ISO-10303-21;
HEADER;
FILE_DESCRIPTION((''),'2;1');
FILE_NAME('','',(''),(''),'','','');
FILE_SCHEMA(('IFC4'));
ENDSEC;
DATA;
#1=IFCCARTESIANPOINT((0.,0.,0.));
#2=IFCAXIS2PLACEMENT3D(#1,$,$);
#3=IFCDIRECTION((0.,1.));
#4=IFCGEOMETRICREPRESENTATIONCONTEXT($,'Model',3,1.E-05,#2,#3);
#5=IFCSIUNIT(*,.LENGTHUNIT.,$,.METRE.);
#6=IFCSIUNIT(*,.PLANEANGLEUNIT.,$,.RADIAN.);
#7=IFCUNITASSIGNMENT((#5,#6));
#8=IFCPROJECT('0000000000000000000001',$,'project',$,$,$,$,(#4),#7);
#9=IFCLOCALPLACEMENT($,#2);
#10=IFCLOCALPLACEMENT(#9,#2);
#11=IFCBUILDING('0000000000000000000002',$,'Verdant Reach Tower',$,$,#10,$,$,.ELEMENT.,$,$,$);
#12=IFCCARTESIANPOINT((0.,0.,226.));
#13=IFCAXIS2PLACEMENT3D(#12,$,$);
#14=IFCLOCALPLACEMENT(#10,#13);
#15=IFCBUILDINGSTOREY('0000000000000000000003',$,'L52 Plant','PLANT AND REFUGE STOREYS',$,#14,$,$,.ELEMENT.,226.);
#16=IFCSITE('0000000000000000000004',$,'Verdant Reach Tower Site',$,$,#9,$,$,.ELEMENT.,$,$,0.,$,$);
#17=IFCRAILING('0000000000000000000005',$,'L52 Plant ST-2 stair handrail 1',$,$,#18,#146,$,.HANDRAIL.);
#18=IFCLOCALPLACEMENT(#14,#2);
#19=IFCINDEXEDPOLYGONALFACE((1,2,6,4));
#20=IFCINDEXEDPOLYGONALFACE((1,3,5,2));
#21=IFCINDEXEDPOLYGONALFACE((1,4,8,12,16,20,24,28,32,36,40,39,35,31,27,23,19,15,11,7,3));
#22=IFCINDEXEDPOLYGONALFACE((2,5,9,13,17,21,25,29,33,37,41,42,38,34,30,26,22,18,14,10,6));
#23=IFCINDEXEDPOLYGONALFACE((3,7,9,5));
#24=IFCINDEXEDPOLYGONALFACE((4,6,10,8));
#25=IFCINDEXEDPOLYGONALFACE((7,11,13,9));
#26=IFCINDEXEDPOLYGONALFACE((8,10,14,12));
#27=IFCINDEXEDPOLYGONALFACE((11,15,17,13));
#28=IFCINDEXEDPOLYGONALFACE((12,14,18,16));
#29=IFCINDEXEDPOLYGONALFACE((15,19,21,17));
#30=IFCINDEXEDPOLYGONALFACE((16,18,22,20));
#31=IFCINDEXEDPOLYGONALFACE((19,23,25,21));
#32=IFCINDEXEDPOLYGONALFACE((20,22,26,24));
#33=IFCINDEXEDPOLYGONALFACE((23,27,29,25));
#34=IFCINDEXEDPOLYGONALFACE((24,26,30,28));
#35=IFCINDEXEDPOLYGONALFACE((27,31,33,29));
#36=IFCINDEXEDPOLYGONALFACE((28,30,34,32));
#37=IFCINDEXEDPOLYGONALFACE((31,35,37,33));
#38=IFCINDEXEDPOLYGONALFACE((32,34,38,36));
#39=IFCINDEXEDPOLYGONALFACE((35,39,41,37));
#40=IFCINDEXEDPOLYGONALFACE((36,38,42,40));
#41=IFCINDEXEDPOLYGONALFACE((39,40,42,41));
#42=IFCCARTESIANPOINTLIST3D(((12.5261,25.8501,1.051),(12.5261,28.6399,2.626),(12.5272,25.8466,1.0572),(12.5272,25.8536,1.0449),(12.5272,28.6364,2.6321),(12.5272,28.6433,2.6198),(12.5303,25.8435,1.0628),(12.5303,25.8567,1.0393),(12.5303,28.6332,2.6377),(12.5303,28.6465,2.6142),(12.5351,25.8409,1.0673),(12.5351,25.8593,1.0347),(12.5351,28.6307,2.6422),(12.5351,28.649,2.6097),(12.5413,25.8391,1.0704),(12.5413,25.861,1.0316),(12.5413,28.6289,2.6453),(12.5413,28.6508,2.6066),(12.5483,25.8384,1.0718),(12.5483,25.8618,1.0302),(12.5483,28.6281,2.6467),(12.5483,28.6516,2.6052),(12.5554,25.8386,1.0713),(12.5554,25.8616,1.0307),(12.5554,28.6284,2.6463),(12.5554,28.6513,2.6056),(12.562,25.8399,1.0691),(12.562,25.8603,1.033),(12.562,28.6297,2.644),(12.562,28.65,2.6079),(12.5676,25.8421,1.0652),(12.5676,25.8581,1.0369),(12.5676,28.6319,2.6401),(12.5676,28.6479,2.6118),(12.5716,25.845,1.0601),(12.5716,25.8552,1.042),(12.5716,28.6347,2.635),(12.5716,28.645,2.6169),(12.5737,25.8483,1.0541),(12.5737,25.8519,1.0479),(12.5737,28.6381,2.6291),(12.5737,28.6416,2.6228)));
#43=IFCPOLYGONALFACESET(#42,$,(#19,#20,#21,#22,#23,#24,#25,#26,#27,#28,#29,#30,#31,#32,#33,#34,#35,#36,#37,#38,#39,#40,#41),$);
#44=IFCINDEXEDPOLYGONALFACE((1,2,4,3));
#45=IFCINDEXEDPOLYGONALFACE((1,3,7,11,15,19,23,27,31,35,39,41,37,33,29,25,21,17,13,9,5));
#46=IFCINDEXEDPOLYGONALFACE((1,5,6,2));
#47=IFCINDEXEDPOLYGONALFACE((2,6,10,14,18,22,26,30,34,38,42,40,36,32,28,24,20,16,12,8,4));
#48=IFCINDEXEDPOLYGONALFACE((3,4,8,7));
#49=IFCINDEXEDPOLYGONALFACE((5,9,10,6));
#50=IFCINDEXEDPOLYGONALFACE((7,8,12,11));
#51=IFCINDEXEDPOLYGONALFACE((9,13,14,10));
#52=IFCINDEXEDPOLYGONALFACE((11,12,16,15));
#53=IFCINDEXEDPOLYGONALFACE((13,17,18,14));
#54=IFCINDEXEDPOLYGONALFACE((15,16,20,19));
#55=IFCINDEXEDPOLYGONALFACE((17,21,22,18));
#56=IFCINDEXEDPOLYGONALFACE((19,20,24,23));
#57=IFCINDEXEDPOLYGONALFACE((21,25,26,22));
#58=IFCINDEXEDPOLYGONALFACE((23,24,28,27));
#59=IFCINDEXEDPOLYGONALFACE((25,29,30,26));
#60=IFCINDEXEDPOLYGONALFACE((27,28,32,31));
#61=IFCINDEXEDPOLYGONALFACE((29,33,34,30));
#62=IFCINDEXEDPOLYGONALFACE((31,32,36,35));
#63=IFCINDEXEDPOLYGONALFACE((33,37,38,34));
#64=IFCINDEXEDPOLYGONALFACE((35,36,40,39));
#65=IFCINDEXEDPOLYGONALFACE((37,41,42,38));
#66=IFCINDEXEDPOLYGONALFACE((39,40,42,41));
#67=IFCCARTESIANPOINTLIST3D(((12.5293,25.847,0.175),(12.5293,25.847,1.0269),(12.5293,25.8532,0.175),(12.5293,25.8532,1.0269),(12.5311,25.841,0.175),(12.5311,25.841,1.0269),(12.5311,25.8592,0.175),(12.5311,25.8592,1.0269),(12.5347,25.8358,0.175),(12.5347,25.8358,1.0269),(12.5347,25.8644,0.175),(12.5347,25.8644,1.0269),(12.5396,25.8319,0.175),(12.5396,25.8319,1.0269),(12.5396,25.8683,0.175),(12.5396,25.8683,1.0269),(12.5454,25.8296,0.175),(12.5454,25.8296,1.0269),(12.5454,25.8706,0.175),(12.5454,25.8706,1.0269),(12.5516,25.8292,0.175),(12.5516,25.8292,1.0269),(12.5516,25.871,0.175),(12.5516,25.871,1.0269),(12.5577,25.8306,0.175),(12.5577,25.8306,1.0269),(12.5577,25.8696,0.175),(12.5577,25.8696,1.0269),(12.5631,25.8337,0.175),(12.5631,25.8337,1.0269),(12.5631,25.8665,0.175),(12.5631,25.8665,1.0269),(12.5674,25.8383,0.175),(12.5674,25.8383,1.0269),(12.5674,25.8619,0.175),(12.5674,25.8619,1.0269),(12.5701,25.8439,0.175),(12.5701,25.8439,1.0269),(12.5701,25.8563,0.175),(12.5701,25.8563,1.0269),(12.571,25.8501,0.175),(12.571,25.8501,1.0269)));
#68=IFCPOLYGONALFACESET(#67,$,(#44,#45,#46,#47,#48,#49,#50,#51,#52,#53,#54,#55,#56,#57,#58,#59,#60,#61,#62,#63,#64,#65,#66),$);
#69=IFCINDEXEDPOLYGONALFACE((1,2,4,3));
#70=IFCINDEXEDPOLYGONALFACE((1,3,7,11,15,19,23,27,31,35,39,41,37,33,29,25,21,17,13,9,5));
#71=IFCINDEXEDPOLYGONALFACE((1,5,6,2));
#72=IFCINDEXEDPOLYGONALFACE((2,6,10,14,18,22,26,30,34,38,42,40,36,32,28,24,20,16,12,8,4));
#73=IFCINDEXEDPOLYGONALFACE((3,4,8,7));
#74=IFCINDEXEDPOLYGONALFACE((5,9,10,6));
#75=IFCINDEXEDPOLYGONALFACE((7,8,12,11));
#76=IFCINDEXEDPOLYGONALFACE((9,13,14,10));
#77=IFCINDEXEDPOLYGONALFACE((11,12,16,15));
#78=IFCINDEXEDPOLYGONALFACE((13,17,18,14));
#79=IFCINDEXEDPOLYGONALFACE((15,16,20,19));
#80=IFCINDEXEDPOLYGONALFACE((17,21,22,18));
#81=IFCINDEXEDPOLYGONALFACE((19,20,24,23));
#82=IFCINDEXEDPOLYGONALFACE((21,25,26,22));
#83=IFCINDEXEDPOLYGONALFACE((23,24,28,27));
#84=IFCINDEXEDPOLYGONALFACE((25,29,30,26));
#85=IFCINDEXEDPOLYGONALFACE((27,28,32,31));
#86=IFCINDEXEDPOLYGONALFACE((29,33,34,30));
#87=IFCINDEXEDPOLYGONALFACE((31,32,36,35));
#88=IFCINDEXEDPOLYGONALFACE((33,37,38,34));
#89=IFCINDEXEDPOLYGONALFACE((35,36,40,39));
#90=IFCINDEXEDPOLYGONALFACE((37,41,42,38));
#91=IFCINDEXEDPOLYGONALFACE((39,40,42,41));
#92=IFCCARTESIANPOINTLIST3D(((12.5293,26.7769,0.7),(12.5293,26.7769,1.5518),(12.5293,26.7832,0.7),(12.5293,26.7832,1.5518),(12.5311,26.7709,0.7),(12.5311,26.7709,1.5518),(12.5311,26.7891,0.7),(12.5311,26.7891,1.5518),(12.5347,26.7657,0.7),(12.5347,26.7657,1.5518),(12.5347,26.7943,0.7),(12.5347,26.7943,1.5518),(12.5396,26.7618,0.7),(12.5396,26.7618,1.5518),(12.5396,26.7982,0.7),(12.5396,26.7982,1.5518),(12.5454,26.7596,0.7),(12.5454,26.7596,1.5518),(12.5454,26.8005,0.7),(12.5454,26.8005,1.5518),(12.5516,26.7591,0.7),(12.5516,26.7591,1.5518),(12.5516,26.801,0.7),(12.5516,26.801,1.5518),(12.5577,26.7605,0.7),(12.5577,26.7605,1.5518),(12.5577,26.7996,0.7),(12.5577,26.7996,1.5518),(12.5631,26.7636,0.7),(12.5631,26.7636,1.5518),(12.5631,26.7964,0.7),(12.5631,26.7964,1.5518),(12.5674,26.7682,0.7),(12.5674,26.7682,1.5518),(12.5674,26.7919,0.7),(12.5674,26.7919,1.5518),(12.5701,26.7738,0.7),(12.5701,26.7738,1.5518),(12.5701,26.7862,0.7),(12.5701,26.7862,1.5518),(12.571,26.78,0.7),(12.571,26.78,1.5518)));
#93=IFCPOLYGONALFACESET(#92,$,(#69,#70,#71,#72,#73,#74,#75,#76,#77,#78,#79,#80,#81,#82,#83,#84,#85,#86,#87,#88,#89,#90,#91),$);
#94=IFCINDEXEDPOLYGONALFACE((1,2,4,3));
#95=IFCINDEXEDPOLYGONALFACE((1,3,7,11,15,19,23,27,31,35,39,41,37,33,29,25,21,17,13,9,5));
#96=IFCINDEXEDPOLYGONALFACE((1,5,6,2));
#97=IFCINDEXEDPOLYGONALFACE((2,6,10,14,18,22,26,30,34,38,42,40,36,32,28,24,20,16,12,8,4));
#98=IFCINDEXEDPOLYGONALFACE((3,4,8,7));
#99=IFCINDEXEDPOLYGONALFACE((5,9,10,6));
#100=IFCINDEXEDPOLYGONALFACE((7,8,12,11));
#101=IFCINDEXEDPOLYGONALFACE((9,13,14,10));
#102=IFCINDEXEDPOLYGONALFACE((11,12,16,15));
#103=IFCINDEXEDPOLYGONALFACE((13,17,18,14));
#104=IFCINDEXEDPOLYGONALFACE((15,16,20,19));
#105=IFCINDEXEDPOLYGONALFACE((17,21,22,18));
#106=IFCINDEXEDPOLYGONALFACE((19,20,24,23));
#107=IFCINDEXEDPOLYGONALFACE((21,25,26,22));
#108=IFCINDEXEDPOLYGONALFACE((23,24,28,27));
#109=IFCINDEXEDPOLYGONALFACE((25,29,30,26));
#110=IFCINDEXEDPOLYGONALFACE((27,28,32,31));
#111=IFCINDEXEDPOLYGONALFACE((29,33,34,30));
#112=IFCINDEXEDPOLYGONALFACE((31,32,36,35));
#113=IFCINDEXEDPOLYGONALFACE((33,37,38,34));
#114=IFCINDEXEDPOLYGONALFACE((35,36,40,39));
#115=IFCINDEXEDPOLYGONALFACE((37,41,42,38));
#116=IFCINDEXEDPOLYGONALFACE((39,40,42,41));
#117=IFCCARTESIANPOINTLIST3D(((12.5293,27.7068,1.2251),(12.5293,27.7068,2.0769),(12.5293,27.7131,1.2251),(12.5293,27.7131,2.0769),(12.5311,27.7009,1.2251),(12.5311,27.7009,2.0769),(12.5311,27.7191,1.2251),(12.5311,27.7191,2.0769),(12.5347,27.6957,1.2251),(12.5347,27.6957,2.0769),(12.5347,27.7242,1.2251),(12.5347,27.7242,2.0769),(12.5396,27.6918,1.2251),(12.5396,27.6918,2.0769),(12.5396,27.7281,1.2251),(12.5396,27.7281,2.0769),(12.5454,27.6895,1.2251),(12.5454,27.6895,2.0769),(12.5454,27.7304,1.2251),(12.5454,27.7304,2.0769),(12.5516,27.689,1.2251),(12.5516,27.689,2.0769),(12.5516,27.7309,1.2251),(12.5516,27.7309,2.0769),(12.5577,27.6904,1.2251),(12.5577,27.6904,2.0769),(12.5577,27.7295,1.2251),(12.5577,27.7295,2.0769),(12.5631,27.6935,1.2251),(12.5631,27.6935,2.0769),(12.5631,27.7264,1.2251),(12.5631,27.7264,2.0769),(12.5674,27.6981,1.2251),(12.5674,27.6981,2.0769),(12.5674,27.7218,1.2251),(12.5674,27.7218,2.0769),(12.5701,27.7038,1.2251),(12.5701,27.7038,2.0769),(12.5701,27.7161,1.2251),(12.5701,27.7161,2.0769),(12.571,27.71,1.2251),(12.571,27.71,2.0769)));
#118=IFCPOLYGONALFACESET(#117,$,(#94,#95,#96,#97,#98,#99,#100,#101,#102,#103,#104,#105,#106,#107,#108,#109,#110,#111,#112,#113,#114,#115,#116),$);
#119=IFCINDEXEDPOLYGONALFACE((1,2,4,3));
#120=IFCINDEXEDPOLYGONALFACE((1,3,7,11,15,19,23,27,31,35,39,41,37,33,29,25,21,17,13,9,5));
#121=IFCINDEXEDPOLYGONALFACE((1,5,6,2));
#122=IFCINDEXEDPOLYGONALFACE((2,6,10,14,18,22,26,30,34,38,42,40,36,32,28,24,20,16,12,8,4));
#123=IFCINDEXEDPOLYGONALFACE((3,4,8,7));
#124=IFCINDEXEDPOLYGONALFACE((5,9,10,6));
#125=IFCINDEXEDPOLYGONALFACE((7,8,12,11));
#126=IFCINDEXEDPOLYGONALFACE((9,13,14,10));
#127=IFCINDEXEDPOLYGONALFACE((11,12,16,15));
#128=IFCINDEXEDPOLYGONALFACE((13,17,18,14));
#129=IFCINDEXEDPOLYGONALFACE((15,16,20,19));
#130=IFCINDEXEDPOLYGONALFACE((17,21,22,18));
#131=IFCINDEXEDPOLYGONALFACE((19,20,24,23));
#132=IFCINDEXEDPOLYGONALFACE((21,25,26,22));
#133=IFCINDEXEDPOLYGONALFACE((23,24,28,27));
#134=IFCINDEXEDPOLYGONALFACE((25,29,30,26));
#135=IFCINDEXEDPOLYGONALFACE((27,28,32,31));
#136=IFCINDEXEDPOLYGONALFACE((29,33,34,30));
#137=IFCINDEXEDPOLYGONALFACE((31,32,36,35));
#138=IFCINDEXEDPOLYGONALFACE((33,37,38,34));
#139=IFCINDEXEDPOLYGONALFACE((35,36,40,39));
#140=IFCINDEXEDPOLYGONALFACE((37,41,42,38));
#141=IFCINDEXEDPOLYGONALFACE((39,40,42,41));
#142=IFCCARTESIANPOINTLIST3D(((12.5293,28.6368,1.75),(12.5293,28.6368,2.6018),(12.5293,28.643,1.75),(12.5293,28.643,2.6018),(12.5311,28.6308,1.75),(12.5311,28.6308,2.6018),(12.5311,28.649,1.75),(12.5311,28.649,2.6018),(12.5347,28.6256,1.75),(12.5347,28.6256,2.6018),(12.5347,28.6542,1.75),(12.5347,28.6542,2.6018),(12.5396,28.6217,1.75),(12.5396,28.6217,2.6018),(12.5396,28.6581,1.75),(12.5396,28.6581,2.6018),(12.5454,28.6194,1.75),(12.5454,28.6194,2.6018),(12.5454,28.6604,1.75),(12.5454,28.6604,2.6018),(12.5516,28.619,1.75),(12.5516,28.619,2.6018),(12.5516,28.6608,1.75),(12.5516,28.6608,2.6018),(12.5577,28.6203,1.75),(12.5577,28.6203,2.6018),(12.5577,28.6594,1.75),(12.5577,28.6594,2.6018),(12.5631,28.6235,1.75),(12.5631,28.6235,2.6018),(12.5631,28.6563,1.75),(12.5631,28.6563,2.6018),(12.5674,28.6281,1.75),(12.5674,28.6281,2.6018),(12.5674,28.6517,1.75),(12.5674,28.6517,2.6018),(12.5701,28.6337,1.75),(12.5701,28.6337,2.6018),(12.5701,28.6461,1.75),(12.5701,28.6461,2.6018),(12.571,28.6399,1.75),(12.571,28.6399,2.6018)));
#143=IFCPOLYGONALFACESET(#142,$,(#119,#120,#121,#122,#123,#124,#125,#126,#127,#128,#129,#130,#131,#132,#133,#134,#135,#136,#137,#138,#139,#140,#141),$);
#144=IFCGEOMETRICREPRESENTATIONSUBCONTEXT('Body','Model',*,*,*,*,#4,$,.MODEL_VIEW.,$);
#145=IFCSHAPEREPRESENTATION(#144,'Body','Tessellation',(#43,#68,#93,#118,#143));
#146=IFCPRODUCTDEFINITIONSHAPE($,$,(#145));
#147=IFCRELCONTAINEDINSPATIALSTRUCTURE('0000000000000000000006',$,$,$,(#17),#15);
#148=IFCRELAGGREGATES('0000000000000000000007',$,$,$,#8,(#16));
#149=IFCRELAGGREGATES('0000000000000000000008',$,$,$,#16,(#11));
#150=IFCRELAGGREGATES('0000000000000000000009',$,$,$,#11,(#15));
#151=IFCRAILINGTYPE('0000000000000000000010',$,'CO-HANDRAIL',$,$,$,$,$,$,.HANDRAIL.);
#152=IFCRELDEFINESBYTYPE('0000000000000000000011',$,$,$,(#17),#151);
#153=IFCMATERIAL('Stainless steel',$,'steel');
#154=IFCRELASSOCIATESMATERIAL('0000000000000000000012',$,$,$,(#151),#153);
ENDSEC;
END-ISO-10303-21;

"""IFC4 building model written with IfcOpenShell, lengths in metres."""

from ifc_helpers import new_model, si_unit, direction, frame, origin, origin_2d, place, context, subcontext, project, spatial, circle, extrude, material, type_object, element, save


model = new_model("IFC4")

# Units and contexts
model_context = context("Model", 3, precision=1e-05, world=origin(), true_north=direction((0.0, 1.0)))
body_context = subcontext(model_context, "Body", "Model", "MODEL_VIEW")
ifc_project = project(units=[si_unit("LENGTHUNIT", "METRE"), si_unit("PLANEANGLEUNIT", "RADIAN")], contexts=[model_context])

# Site, building, storey
site_placement = place(None, origin())
site = spatial("IfcSite", under=ifc_project, at=site_placement, Name="Verdant Reach Tower Site", CompositionType="ELEMENT", RefElevation=0.0)
building_placement = place(site_placement, origin())
building = spatial("IfcBuilding", under=site, at=building_placement, Name="Verdant Reach Tower", CompositionType="ELEMENT")
storey_placement = place(building_placement, frame((0.0, 0.0, 226.0)))
storey = spatial("IfcBuildingStorey", under=building, at=storey_placement, Name="L52 Plant", Description="PLANT AND REFUGE STOREYS", CompositionType="ELEMENT", Elevation=226.0)

# Railing
ifc_material_1 = material(Name="Stainless steel", Category="steel")
railing_type_1 = type_object("IfcRailingType", Name="CO-HANDRAIL", PredefinedType="HANDRAIL", material=ifc_material_1)
for number, where, name in (
    (1, (12.55, 25.8501, 0.175), "L52 Plant ST-2 stair handrail 1"),
):
    element("IfcRailing", number, at=place(storey_placement, frame(where)), inside=storey, type_object=railing_type_1, Name=name, PredefinedType="HANDRAIL", context=body_context, shape_type="SweptSolid", body=[
        extrude(circle(Radius=0.0239, at=origin_2d()), frame((0.0, 0.0, 0.876), z_axis=(0.0, 0.870815, 0.49161), x_axis=(-1.0, 0.0, 0.0)), (0.0, 0.0, 1.0), 3.2036),
        extrude(circle(Radius=0.021, at=origin_2d()), origin(), (0.0, 0.0, 1.0), 0.8518),
        extrude(circle(Radius=0.021, at=origin_2d()), frame((0.0, 0.9299, 0.5249)), (0.0, 0.0, 1.0), 0.8518),
        extrude(circle(Radius=0.021, at=origin_2d()), frame((0.0, 1.8599, 1.05)), (0.0, 0.0, 1.0), 0.8518),
        extrude(circle(Radius=0.021, at=origin_2d()), frame((0.0, 2.7898, 1.575)), (0.0, 0.0, 1.0), 0.8518),
    ])

save(model, "model.ifc")
